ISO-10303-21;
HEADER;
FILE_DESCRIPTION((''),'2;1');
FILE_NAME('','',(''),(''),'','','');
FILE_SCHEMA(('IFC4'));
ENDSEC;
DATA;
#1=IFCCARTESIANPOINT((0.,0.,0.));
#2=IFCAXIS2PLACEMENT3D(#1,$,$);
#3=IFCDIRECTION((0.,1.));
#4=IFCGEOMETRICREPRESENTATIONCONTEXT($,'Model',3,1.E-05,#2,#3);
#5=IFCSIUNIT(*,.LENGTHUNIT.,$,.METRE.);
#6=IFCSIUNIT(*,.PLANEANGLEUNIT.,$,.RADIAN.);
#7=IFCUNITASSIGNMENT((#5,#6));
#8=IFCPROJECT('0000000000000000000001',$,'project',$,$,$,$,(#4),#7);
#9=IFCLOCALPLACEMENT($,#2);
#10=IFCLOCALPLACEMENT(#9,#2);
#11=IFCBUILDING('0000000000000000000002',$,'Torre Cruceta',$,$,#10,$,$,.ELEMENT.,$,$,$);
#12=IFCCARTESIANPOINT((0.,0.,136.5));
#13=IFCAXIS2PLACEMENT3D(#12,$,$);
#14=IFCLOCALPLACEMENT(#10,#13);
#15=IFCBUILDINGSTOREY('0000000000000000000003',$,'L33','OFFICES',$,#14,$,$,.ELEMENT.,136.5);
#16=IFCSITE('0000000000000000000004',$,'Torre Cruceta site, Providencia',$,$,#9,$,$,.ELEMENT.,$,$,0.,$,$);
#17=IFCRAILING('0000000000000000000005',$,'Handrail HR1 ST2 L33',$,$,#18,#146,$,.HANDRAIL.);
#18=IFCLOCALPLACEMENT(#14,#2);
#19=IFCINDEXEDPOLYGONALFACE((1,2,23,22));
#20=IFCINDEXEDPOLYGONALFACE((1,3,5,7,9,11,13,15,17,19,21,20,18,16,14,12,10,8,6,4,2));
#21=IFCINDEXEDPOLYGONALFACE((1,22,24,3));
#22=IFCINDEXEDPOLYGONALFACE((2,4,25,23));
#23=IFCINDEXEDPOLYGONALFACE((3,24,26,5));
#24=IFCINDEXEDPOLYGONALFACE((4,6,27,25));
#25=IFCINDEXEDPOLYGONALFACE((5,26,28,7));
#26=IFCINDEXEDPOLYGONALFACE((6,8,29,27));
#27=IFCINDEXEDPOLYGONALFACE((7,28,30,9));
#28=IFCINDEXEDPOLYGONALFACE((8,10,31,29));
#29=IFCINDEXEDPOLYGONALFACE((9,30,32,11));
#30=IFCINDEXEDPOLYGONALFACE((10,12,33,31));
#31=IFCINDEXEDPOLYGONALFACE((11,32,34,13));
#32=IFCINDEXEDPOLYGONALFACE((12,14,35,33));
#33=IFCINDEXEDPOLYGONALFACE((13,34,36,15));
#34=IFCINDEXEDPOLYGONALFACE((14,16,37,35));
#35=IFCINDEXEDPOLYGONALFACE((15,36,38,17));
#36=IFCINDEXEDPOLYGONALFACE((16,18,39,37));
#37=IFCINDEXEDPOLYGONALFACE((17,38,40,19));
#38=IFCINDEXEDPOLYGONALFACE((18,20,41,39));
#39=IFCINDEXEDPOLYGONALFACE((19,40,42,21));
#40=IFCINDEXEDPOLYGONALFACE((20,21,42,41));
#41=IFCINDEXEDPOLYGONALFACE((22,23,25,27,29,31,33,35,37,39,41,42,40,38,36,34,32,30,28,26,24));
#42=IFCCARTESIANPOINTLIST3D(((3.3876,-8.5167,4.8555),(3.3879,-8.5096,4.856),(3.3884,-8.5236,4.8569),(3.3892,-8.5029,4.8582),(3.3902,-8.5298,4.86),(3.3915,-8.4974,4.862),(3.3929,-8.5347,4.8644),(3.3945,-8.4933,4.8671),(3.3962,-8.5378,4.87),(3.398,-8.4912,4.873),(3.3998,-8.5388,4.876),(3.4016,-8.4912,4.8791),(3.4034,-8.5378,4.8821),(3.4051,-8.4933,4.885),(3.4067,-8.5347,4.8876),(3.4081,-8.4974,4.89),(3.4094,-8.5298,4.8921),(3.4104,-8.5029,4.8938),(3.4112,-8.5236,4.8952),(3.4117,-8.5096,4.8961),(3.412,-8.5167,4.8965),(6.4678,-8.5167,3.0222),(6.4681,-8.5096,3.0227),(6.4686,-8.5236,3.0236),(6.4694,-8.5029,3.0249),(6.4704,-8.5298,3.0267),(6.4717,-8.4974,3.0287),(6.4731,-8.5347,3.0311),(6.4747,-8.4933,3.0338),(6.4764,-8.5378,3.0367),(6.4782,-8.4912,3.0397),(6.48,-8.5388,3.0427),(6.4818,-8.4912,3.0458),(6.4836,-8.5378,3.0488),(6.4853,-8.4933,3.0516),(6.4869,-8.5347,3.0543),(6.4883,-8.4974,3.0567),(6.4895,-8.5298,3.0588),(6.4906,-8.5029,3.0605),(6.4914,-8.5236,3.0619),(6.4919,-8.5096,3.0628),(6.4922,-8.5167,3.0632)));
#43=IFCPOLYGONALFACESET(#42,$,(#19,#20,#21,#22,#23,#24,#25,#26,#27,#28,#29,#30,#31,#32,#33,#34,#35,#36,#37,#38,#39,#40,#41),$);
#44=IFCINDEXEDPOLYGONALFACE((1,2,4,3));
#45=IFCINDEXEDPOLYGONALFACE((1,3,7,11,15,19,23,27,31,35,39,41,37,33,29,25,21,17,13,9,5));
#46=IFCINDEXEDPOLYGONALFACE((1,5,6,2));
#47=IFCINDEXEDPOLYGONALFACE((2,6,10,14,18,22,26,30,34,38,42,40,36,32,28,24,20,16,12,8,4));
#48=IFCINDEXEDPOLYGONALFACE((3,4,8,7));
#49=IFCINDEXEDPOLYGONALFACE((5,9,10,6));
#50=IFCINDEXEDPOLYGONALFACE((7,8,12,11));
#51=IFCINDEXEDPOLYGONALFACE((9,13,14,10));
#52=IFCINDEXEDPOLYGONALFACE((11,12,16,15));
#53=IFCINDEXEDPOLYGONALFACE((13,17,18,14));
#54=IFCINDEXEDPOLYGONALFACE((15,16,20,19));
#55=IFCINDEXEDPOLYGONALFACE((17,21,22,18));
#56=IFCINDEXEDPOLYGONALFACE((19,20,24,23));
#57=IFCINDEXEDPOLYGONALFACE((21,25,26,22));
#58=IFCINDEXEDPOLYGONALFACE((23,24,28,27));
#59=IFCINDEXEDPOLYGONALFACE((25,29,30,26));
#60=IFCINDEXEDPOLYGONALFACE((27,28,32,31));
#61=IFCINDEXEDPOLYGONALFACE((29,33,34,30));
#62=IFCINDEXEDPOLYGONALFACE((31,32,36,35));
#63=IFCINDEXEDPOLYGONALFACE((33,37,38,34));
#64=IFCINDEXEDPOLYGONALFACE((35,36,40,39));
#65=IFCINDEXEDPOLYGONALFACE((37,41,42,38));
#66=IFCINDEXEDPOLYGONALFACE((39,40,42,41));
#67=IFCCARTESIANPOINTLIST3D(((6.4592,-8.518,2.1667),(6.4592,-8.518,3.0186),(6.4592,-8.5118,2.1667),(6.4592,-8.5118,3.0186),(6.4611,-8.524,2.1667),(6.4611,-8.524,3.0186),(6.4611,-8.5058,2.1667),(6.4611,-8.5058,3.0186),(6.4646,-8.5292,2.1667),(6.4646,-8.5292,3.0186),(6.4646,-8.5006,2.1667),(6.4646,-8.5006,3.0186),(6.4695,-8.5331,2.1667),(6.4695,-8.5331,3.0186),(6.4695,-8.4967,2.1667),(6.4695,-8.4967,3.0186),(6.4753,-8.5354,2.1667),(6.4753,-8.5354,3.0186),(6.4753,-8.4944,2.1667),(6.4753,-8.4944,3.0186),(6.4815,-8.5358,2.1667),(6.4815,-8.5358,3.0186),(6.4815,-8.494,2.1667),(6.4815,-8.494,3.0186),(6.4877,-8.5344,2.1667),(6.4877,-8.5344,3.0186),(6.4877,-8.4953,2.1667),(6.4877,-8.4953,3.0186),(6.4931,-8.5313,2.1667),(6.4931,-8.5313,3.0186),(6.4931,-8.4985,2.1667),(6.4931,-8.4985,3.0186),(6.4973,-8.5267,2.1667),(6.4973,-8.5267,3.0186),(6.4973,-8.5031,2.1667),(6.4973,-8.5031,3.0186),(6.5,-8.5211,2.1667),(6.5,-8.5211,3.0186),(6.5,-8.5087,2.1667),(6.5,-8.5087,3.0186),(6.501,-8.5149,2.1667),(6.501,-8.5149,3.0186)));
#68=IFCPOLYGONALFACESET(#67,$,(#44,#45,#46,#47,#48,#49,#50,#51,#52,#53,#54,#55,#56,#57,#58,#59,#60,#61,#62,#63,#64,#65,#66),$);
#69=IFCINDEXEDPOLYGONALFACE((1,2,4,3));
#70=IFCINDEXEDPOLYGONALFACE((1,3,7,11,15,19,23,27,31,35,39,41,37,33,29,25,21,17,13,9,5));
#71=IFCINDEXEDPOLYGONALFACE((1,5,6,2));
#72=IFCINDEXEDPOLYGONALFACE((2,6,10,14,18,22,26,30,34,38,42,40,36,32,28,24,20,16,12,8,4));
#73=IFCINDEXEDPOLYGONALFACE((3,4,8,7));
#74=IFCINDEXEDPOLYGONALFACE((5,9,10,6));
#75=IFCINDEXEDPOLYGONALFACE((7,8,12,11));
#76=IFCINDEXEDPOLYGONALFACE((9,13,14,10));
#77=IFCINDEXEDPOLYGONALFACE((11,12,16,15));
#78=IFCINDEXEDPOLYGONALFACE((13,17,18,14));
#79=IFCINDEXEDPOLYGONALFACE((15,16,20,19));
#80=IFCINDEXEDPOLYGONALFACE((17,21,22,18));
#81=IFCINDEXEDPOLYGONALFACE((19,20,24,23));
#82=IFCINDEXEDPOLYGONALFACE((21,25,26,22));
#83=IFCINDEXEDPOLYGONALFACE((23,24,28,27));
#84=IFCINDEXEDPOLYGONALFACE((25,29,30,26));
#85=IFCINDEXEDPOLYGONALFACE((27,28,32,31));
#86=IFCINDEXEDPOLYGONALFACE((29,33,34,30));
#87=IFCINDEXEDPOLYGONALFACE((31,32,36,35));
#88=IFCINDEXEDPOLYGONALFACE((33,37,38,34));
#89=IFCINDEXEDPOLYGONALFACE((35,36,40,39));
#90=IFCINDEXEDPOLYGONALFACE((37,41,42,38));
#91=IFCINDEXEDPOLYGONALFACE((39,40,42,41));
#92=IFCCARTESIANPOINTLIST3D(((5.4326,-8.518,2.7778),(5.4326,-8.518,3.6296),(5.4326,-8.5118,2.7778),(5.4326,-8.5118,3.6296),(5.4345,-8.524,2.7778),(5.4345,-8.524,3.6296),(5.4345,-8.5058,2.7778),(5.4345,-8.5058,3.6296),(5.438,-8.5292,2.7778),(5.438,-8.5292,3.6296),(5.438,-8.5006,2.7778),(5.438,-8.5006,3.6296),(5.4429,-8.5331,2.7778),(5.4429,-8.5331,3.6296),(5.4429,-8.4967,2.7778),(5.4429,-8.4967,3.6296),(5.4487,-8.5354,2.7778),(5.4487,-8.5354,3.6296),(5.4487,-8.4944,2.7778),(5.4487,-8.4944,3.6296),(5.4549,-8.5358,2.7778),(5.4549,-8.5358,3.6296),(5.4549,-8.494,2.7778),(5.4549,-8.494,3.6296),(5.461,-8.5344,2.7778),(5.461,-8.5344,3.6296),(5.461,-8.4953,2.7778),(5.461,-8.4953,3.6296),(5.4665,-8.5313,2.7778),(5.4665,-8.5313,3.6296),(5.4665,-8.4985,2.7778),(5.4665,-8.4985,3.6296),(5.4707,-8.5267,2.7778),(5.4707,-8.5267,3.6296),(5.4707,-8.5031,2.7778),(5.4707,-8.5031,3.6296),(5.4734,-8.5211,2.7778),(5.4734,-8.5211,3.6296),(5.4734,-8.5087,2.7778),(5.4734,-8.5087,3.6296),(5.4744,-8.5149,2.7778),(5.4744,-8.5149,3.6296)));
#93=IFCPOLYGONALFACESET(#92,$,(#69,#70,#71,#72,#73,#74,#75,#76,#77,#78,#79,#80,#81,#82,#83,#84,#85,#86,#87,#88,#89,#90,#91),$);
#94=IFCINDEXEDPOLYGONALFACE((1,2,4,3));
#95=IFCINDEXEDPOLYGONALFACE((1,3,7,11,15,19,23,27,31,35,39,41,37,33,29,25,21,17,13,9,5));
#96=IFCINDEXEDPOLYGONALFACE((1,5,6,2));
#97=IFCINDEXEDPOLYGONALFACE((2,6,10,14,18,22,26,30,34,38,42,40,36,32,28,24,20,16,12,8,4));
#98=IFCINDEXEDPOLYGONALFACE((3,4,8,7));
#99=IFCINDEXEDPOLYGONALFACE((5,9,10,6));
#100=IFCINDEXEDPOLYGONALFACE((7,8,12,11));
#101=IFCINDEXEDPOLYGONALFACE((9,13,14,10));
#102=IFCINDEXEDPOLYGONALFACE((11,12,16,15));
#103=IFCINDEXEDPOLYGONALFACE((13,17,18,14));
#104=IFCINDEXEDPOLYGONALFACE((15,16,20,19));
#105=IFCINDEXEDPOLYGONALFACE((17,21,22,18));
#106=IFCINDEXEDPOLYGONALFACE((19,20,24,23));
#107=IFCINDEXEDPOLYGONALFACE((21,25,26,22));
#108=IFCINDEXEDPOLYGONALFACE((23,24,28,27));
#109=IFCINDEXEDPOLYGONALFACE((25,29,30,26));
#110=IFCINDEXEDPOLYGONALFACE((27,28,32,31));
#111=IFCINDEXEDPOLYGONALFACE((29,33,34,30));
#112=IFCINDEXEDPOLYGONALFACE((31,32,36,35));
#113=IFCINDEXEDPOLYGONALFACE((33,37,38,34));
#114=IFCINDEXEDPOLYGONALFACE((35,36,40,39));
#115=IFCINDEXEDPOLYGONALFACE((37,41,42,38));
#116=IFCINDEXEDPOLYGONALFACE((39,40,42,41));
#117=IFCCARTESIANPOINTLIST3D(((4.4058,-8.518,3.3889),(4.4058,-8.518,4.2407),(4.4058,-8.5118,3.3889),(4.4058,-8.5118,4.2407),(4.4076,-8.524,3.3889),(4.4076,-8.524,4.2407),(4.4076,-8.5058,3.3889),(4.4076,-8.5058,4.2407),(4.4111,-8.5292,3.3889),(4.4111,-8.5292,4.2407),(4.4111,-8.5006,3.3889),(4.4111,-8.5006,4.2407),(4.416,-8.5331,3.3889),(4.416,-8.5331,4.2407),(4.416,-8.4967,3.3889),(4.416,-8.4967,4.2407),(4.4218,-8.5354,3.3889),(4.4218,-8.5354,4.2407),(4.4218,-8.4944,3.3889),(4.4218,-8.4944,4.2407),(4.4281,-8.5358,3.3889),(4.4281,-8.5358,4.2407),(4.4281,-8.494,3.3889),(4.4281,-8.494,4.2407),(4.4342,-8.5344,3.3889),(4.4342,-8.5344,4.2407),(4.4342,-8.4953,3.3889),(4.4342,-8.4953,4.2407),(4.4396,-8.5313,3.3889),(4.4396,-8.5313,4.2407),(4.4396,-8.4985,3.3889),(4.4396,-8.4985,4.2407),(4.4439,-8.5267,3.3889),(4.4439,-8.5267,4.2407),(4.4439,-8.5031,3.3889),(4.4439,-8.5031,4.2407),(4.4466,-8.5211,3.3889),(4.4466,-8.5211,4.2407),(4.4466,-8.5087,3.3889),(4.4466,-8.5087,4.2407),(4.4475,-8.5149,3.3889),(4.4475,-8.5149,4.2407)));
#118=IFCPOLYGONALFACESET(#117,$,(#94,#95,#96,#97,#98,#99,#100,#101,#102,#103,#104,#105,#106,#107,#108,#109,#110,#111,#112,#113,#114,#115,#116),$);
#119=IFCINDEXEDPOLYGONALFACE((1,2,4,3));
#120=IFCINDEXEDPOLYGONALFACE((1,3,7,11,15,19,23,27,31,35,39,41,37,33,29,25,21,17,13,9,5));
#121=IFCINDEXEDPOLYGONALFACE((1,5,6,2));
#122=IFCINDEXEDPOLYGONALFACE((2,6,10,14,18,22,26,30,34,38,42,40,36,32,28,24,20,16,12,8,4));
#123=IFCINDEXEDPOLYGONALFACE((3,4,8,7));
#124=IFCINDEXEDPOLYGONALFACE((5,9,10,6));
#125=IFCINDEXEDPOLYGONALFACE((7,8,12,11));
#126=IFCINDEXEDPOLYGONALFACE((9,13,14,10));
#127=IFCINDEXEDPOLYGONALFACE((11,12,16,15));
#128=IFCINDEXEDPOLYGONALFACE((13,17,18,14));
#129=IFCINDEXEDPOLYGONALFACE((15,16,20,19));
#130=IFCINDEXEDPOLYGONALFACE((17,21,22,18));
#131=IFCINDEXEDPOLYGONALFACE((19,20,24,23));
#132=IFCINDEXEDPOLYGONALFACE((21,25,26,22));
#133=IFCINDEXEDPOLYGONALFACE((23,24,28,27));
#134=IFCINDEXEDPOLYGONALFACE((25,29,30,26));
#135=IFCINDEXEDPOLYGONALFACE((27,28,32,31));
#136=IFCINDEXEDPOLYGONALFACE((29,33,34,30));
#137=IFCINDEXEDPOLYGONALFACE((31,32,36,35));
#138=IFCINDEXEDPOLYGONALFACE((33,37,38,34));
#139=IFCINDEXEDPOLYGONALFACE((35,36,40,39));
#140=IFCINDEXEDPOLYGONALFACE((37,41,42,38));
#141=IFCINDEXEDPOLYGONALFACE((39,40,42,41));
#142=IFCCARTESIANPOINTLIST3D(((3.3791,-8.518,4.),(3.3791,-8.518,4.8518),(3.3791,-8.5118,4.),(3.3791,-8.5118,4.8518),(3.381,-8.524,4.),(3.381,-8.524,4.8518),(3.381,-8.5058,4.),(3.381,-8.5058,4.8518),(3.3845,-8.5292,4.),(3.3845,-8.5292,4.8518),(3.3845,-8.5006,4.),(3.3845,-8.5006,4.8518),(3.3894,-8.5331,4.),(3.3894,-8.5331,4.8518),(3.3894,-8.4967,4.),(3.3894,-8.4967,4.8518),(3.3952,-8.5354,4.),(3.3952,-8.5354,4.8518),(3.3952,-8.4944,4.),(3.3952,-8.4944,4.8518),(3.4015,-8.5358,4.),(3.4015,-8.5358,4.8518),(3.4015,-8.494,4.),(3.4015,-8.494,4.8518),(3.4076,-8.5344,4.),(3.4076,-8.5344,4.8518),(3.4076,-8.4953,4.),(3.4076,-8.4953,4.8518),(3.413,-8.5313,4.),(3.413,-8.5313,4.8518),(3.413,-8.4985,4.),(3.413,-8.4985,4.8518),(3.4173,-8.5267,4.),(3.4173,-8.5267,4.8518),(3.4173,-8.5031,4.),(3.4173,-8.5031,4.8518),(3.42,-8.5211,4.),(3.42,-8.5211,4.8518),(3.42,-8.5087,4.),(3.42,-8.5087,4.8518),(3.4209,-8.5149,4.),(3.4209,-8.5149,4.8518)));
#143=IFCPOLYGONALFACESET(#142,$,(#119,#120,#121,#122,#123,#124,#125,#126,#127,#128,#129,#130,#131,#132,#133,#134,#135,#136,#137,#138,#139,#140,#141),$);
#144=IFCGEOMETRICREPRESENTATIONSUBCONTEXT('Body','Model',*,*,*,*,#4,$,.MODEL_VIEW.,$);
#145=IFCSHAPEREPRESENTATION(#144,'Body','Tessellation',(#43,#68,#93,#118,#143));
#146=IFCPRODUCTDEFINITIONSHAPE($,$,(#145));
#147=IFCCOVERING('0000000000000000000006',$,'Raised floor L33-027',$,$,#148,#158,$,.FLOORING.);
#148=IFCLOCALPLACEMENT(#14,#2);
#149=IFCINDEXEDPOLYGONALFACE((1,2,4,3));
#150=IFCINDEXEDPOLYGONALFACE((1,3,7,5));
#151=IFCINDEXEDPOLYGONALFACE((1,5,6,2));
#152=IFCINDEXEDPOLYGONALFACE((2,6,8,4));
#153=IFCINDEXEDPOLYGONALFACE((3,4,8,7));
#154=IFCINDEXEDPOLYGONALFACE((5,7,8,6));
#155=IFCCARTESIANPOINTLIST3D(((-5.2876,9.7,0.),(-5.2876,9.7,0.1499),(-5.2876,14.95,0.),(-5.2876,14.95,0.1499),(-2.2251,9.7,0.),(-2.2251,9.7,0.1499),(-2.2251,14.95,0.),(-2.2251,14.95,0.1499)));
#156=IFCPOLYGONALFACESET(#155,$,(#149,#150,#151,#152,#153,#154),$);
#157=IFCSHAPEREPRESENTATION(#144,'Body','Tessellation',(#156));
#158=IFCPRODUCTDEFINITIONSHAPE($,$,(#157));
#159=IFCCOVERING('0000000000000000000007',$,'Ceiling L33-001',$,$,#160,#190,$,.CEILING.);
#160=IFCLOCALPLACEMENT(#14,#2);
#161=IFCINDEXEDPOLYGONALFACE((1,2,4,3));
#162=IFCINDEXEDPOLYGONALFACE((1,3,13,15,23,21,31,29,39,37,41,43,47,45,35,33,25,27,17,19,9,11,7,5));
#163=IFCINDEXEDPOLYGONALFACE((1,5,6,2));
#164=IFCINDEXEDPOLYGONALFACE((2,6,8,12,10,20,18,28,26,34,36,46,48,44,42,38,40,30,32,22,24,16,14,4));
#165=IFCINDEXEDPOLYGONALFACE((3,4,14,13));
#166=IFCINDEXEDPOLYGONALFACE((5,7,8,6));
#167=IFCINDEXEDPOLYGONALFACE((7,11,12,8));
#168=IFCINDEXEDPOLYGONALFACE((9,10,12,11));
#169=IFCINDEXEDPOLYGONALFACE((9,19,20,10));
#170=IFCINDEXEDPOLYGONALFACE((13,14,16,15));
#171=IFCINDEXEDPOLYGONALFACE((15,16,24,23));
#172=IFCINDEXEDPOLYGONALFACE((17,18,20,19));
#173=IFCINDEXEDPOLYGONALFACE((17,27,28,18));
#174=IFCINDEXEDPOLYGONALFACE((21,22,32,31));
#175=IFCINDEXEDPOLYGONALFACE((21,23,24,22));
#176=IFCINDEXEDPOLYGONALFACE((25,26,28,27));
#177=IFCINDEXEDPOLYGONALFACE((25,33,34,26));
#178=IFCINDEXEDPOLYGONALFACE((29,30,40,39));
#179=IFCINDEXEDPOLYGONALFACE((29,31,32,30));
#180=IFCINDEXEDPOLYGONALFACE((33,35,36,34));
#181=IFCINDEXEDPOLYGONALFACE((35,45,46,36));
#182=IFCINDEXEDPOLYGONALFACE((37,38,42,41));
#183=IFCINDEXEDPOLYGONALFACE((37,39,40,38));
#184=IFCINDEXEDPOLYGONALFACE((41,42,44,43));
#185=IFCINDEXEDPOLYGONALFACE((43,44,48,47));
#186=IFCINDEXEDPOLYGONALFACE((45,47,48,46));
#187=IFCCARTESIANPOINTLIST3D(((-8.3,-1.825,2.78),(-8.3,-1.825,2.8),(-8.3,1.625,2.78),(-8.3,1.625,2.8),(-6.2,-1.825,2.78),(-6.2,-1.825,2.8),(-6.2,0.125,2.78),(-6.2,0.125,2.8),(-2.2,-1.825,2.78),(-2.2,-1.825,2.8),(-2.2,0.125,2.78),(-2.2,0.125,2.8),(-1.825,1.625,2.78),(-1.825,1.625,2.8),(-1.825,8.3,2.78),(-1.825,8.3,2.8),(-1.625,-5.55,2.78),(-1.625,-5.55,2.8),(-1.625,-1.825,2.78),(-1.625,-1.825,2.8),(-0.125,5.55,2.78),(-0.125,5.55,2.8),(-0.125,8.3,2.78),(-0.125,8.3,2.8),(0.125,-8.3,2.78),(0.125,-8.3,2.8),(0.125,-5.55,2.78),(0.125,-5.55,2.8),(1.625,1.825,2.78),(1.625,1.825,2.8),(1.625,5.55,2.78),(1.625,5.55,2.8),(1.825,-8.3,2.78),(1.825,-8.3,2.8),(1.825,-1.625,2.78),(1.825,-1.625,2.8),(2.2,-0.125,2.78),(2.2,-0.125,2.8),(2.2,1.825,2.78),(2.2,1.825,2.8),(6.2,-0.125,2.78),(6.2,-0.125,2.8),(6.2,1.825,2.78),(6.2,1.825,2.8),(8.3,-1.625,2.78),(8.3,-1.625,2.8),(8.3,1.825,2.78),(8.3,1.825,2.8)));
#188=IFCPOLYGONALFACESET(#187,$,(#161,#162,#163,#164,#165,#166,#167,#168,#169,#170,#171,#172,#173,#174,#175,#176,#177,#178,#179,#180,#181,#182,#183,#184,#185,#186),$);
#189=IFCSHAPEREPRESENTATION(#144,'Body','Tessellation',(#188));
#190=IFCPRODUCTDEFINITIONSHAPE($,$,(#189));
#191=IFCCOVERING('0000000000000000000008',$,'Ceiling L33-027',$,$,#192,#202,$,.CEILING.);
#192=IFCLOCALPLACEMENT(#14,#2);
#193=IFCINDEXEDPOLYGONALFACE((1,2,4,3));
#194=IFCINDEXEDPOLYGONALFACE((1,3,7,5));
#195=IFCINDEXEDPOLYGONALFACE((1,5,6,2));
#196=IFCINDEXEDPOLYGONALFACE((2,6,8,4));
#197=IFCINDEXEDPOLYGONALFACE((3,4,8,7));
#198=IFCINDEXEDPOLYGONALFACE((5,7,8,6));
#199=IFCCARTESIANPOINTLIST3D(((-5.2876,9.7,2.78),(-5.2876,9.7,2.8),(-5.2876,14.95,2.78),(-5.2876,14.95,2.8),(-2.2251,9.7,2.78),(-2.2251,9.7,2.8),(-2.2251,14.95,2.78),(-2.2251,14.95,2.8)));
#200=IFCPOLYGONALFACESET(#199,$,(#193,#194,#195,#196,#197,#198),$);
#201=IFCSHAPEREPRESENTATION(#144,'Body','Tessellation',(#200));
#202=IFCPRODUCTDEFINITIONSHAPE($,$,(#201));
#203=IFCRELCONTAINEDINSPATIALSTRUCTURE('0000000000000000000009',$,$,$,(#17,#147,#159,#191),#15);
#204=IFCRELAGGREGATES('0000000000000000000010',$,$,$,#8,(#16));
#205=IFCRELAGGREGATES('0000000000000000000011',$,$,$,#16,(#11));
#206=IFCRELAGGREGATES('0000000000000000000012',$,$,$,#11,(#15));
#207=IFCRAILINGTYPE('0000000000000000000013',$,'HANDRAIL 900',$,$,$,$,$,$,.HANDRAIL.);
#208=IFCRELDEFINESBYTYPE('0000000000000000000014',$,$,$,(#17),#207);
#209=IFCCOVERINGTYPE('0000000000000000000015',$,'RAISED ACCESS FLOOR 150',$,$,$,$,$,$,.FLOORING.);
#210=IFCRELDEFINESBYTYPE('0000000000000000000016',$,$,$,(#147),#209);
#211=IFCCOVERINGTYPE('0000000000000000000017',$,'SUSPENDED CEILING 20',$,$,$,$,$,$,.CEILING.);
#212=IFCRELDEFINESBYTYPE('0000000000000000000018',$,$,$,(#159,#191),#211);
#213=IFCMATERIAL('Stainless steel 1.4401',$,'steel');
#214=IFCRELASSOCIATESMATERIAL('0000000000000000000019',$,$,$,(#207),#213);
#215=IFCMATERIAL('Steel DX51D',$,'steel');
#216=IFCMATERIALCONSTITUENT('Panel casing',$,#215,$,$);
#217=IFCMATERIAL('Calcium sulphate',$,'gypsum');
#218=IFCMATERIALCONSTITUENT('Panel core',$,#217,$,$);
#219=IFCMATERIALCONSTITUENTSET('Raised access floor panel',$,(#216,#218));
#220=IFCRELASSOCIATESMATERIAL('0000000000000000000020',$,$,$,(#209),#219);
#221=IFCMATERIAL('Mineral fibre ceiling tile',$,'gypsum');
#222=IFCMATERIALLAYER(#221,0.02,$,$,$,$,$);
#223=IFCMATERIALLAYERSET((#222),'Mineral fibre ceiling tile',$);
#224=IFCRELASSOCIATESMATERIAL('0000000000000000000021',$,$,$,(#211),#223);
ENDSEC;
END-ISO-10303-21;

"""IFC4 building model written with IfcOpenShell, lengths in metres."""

from ifc_helpers import new_model, si_unit, direction, frame, origin, origin_2d, place, context, subcontext, project, spatial, polyline, circle, outline, extrude, material, layer, layer_set, constituent, constituent_set, type_object, element, save


model = new_model("IFC4")

# Units and contexts
model_context = context("Model", 3, precision=1e-05, world=origin(), true_north=direction((0.0, 1.0)))
body_context = subcontext(model_context, "Body", "Model", "MODEL_VIEW")
ifc_project = project(units=[si_unit("LENGTHUNIT", "METRE"), si_unit("PLANEANGLEUNIT", "RADIAN")], contexts=[model_context])

# Site, building, storey
site_placement = place(None, origin())
site = spatial("IfcSite", under=ifc_project, at=site_placement, Name="Torre Cruceta site, Providencia", CompositionType="ELEMENT", RefElevation=0.0)
building_placement = place(site_placement, origin())
building = spatial("IfcBuilding", under=site, at=building_placement, Name="Torre Cruceta", CompositionType="ELEMENT")
storey_placement = place(building_placement, frame((0.0, 0.0, 136.5)))
storey = spatial("IfcBuildingStorey", under=building, at=storey_placement, Name="L33", Description="OFFICES", CompositionType="ELEMENT", Elevation=136.5)

# Railing
ifc_material_1 = material(Name="Stainless steel 1.4401", Category="steel")
railing_type = type_object("IfcRailingType", Name="HANDRAIL 900", PredefinedType="HANDRAIL", material=ifc_material_1)
railing_1_placement = place(storey_placement, frame((6.48, -8.5149, 2.1667)))
element("IfcRailing", 1, at=railing_1_placement, inside=storey, type_object=railing_type, Name="Handrail HR1 ST2 L33", PredefinedType="HANDRAIL", context=body_context, shape_type="SweptSolid", body=[
    extrude(circle(Radius=0.0239, at=origin_2d()), frame((0.0, 0.0, 0.876), z_axis=(-0.859309, 0.0, 0.511458), x_axis=(0.0, -1.0, 0.0)), (0.0, 0.0, 1.0), 3.5845),
    extrude(circle(Radius=0.021, at=origin_2d()), origin(), (0.0, 0.0, 1.0), 0.8518),
    extrude(circle(Radius=0.021, at=origin_2d()), frame((-1.0266, 0.0, 0.6111)), (0.0, 0.0, 1.0), 0.8518),
    extrude(circle(Radius=0.021, at=origin_2d()), frame((-2.0535, 0.0, 1.2222)), (0.0, 0.0, 1.0), 0.8518),
    extrude(circle(Radius=0.021, at=origin_2d()), frame((-3.0801, 0.0, 1.8333)), (0.0, 0.0, 1.0), 0.8518),
])

# Coverings
ifc_material_2 = material(Name="Steel DX51D", Category="steel")
ifc_constituent_1 = constituent(ifc_material_2, Name="Panel casing")
ifc_material_3 = material(Name="Calcium sulphate", Category="gypsum")
ifc_constituent_2 = constituent(ifc_material_3, Name="Panel core")
ifc_constituent_set_1 = constituent_set(constituents=[ifc_constituent_1, ifc_constituent_2], Name="Raised access floor panel")
covering_type_1 = type_object("IfcCoveringType", Name="RAISED ACCESS FLOOR 150", PredefinedType="FLOORING", material=ifc_constituent_set_1)
covering_1_placement = place(storey_placement, origin())
element("IfcCovering", 2, at=covering_1_placement, inside=storey, type_object=covering_type_1, Name="Raised floor L33-027", PredefinedType="FLOORING", context=body_context, shape_type="SweptSolid", body=[
    extrude(outline(polyline([(-2.2251, 9.7), (-5.2876, 9.7), (-5.2876, 14.95), (-2.2251, 14.95), (-2.2251, 9.7)])), origin(), (0.0, 0.0, 1.0), 0.1499),
])
ifc_material_4 = material(Name="Mineral fibre ceiling tile", Category="gypsum")
ifc_layer_1 = layer(ifc_material_4, 0.02)
ifc_layer_set_1 = layer_set([ifc_layer_1], Name="Mineral fibre ceiling tile")
covering_type_2 = type_object("IfcCoveringType", Name="SUSPENDED CEILING 20", PredefinedType="CEILING", material=ifc_layer_set_1)
covering_2_placement = place(storey_placement, frame((0.0, 0.0, 2.78)))
element("IfcCovering", 3, at=covering_2_placement, inside=storey, type_object=covering_type_2, Name="Ceiling L33-001", PredefinedType="CEILING", context=body_context, shape_type="SweptSolid", body=[
    extrude(outline(polyline([(1.825, -8.3), (0.125, -8.3), (0.125, -5.55), (-1.625, -5.55), (-1.625, -1.825), (-2.2, -1.825), (-2.2, 0.125), (-6.2, 0.125), (-6.2, -1.825), (-8.3, -1.825), (-8.3, 1.625), (-1.825, 1.625), (-1.825, 8.3), (-0.125, 8.3), (-0.125, 5.55), (1.625, 5.55), (1.625, 1.825), (2.2, 1.825), (2.2, -0.125), (6.2, -0.125), (6.2, 1.825), (8.3, 1.825), (8.3, -1.625), (1.825, -1.625), (1.825, -8.3)])), origin(), (0.0, 0.0, 1.0), 0.02),
])
covering_3_placement = place(storey_placement, frame((0.0, 0.0, 2.78)))
element("IfcCovering", 4, at=covering_3_placement, inside=storey, type_object=covering_type_2, Name="Ceiling L33-027", PredefinedType="CEILING", context=body_context, shape_type="SweptSolid", body=[
    extrude(outline(polyline([(-2.2251, 9.7), (-5.2876, 9.7), (-5.2876, 14.95), (-2.2251, 14.95), (-2.2251, 9.7)])), origin(), (0.0, 0.0, 1.0), 0.02),
])

save(model, "model.ifc")
